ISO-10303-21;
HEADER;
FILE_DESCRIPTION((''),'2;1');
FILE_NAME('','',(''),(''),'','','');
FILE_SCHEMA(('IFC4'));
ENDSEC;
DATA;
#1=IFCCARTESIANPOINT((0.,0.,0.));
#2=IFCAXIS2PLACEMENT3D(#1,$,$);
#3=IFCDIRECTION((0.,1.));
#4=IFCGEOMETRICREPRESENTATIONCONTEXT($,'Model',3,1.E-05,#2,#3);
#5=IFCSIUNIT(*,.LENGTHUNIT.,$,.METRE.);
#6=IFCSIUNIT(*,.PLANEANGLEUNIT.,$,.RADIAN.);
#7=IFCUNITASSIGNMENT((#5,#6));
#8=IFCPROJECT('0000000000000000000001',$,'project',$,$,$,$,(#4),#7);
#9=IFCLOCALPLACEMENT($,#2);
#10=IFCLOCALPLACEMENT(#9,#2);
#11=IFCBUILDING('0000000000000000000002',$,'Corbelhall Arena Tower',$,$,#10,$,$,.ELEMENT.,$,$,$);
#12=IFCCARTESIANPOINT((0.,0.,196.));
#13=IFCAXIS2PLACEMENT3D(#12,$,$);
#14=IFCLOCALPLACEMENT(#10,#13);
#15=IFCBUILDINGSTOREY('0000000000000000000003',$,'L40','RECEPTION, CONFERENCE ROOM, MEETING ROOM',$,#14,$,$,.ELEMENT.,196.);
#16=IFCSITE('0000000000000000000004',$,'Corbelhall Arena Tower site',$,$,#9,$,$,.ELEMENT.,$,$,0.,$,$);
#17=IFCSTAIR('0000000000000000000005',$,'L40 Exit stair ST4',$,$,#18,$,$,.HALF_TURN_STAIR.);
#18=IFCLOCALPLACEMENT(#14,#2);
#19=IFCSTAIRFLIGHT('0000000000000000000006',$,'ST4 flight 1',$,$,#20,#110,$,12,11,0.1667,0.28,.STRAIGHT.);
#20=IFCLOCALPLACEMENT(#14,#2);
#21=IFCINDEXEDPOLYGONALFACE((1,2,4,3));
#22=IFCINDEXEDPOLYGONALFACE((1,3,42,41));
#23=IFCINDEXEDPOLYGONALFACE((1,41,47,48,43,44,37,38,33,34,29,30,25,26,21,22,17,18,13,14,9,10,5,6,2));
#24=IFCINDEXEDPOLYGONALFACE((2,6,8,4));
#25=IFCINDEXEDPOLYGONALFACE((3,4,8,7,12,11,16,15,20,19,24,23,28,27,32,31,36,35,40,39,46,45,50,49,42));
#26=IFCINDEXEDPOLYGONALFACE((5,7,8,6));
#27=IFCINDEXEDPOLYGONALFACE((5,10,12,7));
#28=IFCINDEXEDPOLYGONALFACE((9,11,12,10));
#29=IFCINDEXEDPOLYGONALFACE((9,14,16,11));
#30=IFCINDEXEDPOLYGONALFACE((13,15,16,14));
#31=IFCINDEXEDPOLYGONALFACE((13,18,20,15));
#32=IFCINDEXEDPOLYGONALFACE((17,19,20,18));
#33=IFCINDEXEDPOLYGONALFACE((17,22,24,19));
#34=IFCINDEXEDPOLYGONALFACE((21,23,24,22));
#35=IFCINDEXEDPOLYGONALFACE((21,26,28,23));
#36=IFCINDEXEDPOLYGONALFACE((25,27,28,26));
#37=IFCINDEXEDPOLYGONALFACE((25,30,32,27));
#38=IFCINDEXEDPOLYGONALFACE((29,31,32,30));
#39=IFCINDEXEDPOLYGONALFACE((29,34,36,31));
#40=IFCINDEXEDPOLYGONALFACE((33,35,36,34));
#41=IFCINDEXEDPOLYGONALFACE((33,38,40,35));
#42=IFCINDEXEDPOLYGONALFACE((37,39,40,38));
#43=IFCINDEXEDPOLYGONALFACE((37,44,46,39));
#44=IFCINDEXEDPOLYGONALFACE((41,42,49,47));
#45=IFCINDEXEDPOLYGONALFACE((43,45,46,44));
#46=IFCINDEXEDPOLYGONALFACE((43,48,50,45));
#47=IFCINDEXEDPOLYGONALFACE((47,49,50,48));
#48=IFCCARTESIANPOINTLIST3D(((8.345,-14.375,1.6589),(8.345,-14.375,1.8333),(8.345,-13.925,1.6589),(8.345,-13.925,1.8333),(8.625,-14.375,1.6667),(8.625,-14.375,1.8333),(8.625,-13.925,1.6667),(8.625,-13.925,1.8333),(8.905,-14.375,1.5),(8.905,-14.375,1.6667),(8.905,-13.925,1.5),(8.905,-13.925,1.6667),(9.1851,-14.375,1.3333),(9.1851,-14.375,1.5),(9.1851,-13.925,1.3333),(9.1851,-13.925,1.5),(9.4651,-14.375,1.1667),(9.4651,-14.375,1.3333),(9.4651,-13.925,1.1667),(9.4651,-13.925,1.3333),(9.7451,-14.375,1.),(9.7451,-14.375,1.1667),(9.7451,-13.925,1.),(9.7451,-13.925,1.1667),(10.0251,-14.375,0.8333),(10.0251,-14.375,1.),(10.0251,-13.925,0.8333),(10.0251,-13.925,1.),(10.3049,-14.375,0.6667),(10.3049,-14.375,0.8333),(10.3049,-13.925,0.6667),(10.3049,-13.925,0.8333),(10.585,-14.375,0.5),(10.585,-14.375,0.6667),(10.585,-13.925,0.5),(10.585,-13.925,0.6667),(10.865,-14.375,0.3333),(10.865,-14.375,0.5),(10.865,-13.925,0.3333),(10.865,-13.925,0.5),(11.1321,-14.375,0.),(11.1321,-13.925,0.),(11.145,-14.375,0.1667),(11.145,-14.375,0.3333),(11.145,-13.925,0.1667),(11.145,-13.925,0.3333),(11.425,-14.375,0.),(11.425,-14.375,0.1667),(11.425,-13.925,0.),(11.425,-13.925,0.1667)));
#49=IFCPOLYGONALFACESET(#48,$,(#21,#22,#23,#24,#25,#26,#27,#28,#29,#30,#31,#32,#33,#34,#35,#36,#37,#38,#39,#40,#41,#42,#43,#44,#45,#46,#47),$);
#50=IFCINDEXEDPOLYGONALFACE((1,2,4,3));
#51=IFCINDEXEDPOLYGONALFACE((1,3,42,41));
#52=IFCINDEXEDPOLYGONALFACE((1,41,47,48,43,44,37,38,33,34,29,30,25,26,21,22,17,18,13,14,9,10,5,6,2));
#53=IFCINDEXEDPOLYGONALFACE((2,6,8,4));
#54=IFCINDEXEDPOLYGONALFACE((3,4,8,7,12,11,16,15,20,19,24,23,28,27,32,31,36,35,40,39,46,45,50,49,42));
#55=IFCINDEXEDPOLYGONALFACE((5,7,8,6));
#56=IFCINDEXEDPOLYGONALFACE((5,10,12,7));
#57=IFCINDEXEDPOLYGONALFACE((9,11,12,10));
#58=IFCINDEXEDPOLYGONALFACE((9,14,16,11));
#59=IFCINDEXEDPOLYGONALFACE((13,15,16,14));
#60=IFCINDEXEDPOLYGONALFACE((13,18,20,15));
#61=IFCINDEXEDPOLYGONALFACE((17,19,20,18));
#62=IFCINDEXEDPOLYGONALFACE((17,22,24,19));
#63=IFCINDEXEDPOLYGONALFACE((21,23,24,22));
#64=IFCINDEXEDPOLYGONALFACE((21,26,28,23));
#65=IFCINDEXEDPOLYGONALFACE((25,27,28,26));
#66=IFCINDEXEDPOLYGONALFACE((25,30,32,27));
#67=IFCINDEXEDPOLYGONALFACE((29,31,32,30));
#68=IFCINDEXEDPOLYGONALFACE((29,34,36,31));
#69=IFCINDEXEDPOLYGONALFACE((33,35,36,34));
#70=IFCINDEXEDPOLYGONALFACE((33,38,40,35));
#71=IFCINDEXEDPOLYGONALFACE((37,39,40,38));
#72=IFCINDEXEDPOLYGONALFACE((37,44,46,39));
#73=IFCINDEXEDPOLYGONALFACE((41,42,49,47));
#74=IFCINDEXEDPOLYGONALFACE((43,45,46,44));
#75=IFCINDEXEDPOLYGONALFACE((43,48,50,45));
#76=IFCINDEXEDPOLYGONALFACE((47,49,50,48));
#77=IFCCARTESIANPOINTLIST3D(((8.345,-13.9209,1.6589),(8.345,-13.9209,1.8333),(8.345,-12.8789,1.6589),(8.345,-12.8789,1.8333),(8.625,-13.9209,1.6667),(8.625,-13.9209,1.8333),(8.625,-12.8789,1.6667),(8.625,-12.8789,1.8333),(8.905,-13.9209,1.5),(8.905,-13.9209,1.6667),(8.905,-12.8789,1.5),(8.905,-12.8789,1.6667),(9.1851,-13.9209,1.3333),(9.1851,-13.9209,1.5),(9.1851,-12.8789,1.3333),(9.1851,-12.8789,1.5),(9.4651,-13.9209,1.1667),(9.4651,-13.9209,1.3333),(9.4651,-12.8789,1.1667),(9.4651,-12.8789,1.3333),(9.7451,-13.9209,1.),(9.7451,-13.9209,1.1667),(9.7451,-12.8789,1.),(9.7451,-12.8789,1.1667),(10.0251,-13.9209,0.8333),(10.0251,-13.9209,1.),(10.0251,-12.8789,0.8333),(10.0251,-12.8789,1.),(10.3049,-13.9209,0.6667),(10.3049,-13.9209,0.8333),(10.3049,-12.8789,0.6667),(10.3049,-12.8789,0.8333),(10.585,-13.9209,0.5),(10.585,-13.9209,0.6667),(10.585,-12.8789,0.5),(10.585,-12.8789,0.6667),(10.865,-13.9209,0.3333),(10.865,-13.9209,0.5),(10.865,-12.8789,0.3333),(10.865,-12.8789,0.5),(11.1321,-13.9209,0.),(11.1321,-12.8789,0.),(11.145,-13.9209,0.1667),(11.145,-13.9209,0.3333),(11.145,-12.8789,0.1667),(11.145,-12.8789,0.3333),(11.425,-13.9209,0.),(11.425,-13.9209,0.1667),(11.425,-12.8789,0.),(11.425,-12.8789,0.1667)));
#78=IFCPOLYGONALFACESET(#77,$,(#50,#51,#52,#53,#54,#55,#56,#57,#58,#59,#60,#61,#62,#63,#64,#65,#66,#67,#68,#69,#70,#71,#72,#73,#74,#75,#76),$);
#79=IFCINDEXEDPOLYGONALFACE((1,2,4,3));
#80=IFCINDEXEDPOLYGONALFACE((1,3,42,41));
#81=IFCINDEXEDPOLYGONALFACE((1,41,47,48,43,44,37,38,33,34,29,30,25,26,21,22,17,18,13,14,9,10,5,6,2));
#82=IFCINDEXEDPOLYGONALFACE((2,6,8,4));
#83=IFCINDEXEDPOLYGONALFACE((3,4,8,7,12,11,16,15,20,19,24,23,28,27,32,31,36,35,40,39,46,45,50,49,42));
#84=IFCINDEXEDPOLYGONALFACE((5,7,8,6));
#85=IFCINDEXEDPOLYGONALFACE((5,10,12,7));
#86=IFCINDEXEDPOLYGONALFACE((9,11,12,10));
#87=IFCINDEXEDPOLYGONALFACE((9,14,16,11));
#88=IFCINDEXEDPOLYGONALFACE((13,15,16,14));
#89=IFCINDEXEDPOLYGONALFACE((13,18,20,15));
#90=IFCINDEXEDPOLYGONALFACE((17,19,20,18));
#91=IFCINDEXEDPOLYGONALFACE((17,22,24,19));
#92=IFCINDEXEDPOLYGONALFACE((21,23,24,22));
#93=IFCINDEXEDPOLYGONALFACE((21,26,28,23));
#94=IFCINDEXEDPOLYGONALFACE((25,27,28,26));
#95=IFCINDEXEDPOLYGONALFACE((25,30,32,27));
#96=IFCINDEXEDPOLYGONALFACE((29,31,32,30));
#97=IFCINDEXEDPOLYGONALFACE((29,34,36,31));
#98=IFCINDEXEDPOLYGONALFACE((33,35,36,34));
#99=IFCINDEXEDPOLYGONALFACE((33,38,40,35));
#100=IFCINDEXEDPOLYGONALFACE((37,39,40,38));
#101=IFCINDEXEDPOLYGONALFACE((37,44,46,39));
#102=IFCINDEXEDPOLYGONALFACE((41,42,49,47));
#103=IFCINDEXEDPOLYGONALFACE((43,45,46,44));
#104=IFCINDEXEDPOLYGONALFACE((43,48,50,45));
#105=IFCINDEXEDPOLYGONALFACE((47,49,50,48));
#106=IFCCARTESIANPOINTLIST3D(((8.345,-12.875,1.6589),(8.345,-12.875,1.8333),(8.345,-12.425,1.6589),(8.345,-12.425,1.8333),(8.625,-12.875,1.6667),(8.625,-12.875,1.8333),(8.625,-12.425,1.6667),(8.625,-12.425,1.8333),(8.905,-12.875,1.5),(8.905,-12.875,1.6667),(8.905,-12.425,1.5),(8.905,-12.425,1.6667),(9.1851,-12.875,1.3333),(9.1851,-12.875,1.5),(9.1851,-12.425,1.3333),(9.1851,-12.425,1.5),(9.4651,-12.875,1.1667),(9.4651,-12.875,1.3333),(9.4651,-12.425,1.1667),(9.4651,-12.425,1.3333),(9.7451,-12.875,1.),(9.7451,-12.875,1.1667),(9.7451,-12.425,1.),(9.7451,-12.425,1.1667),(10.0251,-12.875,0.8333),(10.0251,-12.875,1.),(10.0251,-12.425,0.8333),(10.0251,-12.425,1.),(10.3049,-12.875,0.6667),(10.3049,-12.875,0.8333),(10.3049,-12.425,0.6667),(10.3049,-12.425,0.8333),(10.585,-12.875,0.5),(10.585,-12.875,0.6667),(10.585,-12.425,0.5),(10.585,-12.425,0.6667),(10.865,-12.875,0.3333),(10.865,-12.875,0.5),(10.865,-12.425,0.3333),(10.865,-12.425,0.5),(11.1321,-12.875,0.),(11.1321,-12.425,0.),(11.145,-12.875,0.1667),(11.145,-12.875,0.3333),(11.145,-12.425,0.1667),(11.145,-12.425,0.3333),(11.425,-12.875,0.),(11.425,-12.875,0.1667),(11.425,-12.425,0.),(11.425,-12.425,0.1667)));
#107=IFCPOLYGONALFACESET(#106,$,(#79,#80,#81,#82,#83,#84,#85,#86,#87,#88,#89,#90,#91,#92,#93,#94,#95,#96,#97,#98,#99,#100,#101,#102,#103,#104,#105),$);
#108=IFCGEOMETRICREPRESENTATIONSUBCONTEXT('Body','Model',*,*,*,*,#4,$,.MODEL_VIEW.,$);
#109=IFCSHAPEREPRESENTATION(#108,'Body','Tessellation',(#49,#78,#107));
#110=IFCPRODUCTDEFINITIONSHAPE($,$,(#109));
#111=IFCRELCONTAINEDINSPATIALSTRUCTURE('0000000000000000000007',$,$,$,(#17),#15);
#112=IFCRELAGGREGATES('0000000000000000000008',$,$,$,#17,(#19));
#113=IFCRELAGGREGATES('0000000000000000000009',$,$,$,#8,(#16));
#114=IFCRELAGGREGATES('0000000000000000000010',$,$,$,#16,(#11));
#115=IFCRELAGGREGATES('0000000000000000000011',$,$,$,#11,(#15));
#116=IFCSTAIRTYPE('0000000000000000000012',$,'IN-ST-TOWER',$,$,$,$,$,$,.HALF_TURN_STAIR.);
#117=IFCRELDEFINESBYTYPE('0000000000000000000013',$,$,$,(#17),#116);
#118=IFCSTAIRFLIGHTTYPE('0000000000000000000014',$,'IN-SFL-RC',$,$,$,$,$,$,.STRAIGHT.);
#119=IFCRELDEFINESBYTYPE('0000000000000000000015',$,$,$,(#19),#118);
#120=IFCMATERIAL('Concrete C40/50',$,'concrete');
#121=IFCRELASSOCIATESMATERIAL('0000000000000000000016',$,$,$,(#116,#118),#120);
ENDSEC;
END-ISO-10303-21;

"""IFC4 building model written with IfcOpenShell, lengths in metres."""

from ifc_helpers import new_model, si_unit, direction, frame, origin, place, context, subcontext, project, spatial, polyline, outline, extrude, material, type_object, element, aggregate, save


model = new_model("IFC4")

# Units and contexts
model_context = context("Model", 3, precision=1e-05, world=origin(), true_north=direction((0.0, 1.0)))
body_context = subcontext(model_context, "Body", "Model", "MODEL_VIEW")
ifc_project = project(units=[si_unit("LENGTHUNIT", "METRE"), si_unit("PLANEANGLEUNIT", "RADIAN")], contexts=[model_context])

# Site, building, storey
site_placement = place(None, origin())
site = spatial("IfcSite", under=ifc_project, at=site_placement, Name="Corbelhall Arena Tower site", CompositionType="ELEMENT", RefElevation=0.0)
building_placement = place(site_placement, origin())
building = spatial("IfcBuilding", under=site, at=building_placement, Name="Corbelhall Arena Tower", CompositionType="ELEMENT")
storey_placement = place(building_placement, frame((0.0, 0.0, 196.0)))
storey = spatial("IfcBuildingStorey", under=building, at=storey_placement, Name="L40", Description="RECEPTION, CONFERENCE ROOM, MEETING ROOM", CompositionType="ELEMENT", Elevation=196.0)

# Shared definitions
ifc_material_1 = material(Name="Concrete C40/50", Category="concrete")

# Stair, stair flight
stair_type = type_object("IfcStairType", Name="IN-ST-TOWER", PredefinedType="HALF_TURN_STAIR", material=ifc_material_1)
stair_placement = place(storey_placement, origin())
stair = element("IfcStair", 1, at=stair_placement, inside=storey, type_object=stair_type, Name="L40 Exit stair ST4", PredefinedType="HALF_TURN_STAIR")
stair_flight_type = type_object("IfcStairFlightType", Name="IN-SFL-RC", PredefinedType="STRAIGHT", material=ifc_material_1)
stair_flight_placement = place(storey_placement, frame((11.425, -13.3999, 0.0), z_axis=(0.0, 0.0, 1.0), x_axis=(-1.0, 0.0, 0.0)))
stair_flight = element("IfcStairFlight", 2, at=stair_flight_placement, type_object=stair_flight_type, Name="ST4 flight 1", NumberOfRisers=12, NumberOfTreads=11, PredefinedType="STRAIGHT", RiserHeight=0.1667, TreadLength=0.28, context=body_context, shape_type="SweptSolid", body=[
    extrude(outline(polyline([(0.0, 0.0), (0.0, 0.1667), (0.28, 0.1667), (0.28, 0.3333), (0.5601, 0.3333), (0.5601, 0.5), (0.8401, 0.5), (0.8401, 0.6667), (1.1201, 0.6667), (1.1201, 0.8333), (1.3999, 0.8333), (1.3999, 1.0), (1.6799, 1.0), (1.6799, 1.1667), (1.96, 1.1667), (1.96, 1.3333), (2.24, 1.3333), (2.24, 1.5), (2.52, 1.5), (2.52, 1.6667), (2.8, 1.6667), (2.8, 1.8333), (3.0801, 1.8333), (3.0801, 2.0), (3.0801, 1.6589), (0.293, 0.0), (0.0, 0.0)])), frame((0.0, 0.9751, 0.0), z_axis=(0.0, -1.0, 0.0), x_axis=(1.0, 0.0, 0.0)), (0.0, 0.0, 1.0), 0.45),
    extrude(outline(polyline([(0.0, 0.0), (0.0, 0.1667), (0.28, 0.1667), (0.28, 0.3333), (0.5601, 0.3333), (0.5601, 0.5), (0.8401, 0.5), (0.8401, 0.6667), (1.1201, 0.6667), (1.1201, 0.8333), (1.3999, 0.8333), (1.3999, 1.0), (1.6799, 1.0), (1.6799, 1.1667), (1.96, 1.1667), (1.96, 1.3333), (2.24, 1.3333), (2.24, 1.5), (2.52, 1.5), (2.52, 1.6667), (2.8, 1.6667), (2.8, 1.8333), (3.0801, 1.8333), (3.0801, 2.0), (3.0801, 1.6589), (0.293, 0.0), (0.0, 0.0)])), frame((0.0, 0.521, 0.0), z_axis=(0.0, -1.0, 0.0), x_axis=(1.0, 0.0, 0.0)), (0.0, 0.0, 1.0), 1.042),
    extrude(outline(polyline([(0.0, 0.0), (0.0, 0.1667), (0.28, 0.1667), (0.28, 0.3333), (0.5601, 0.3333), (0.5601, 0.5), (0.8401, 0.5), (0.8401, 0.6667), (1.1201, 0.6667), (1.1201, 0.8333), (1.3999, 0.8333), (1.3999, 1.0), (1.6799, 1.0), (1.6799, 1.1667), (1.96, 1.1667), (1.96, 1.3333), (2.24, 1.3333), (2.24, 1.5), (2.52, 1.5), (2.52, 1.6667), (2.8, 1.6667), (2.8, 1.8333), (3.0801, 1.8333), (3.0801, 2.0), (3.0801, 1.6589), (0.293, 0.0), (0.0, 0.0)])), frame((0.0, -0.5249, 0.0), z_axis=(0.0, -1.0, 0.0), x_axis=(1.0, 0.0, 0.0)), (0.0, 0.0, 1.0), 0.45),
])
aggregate(stair, [stair_flight])

save(model, "model.ifc")
